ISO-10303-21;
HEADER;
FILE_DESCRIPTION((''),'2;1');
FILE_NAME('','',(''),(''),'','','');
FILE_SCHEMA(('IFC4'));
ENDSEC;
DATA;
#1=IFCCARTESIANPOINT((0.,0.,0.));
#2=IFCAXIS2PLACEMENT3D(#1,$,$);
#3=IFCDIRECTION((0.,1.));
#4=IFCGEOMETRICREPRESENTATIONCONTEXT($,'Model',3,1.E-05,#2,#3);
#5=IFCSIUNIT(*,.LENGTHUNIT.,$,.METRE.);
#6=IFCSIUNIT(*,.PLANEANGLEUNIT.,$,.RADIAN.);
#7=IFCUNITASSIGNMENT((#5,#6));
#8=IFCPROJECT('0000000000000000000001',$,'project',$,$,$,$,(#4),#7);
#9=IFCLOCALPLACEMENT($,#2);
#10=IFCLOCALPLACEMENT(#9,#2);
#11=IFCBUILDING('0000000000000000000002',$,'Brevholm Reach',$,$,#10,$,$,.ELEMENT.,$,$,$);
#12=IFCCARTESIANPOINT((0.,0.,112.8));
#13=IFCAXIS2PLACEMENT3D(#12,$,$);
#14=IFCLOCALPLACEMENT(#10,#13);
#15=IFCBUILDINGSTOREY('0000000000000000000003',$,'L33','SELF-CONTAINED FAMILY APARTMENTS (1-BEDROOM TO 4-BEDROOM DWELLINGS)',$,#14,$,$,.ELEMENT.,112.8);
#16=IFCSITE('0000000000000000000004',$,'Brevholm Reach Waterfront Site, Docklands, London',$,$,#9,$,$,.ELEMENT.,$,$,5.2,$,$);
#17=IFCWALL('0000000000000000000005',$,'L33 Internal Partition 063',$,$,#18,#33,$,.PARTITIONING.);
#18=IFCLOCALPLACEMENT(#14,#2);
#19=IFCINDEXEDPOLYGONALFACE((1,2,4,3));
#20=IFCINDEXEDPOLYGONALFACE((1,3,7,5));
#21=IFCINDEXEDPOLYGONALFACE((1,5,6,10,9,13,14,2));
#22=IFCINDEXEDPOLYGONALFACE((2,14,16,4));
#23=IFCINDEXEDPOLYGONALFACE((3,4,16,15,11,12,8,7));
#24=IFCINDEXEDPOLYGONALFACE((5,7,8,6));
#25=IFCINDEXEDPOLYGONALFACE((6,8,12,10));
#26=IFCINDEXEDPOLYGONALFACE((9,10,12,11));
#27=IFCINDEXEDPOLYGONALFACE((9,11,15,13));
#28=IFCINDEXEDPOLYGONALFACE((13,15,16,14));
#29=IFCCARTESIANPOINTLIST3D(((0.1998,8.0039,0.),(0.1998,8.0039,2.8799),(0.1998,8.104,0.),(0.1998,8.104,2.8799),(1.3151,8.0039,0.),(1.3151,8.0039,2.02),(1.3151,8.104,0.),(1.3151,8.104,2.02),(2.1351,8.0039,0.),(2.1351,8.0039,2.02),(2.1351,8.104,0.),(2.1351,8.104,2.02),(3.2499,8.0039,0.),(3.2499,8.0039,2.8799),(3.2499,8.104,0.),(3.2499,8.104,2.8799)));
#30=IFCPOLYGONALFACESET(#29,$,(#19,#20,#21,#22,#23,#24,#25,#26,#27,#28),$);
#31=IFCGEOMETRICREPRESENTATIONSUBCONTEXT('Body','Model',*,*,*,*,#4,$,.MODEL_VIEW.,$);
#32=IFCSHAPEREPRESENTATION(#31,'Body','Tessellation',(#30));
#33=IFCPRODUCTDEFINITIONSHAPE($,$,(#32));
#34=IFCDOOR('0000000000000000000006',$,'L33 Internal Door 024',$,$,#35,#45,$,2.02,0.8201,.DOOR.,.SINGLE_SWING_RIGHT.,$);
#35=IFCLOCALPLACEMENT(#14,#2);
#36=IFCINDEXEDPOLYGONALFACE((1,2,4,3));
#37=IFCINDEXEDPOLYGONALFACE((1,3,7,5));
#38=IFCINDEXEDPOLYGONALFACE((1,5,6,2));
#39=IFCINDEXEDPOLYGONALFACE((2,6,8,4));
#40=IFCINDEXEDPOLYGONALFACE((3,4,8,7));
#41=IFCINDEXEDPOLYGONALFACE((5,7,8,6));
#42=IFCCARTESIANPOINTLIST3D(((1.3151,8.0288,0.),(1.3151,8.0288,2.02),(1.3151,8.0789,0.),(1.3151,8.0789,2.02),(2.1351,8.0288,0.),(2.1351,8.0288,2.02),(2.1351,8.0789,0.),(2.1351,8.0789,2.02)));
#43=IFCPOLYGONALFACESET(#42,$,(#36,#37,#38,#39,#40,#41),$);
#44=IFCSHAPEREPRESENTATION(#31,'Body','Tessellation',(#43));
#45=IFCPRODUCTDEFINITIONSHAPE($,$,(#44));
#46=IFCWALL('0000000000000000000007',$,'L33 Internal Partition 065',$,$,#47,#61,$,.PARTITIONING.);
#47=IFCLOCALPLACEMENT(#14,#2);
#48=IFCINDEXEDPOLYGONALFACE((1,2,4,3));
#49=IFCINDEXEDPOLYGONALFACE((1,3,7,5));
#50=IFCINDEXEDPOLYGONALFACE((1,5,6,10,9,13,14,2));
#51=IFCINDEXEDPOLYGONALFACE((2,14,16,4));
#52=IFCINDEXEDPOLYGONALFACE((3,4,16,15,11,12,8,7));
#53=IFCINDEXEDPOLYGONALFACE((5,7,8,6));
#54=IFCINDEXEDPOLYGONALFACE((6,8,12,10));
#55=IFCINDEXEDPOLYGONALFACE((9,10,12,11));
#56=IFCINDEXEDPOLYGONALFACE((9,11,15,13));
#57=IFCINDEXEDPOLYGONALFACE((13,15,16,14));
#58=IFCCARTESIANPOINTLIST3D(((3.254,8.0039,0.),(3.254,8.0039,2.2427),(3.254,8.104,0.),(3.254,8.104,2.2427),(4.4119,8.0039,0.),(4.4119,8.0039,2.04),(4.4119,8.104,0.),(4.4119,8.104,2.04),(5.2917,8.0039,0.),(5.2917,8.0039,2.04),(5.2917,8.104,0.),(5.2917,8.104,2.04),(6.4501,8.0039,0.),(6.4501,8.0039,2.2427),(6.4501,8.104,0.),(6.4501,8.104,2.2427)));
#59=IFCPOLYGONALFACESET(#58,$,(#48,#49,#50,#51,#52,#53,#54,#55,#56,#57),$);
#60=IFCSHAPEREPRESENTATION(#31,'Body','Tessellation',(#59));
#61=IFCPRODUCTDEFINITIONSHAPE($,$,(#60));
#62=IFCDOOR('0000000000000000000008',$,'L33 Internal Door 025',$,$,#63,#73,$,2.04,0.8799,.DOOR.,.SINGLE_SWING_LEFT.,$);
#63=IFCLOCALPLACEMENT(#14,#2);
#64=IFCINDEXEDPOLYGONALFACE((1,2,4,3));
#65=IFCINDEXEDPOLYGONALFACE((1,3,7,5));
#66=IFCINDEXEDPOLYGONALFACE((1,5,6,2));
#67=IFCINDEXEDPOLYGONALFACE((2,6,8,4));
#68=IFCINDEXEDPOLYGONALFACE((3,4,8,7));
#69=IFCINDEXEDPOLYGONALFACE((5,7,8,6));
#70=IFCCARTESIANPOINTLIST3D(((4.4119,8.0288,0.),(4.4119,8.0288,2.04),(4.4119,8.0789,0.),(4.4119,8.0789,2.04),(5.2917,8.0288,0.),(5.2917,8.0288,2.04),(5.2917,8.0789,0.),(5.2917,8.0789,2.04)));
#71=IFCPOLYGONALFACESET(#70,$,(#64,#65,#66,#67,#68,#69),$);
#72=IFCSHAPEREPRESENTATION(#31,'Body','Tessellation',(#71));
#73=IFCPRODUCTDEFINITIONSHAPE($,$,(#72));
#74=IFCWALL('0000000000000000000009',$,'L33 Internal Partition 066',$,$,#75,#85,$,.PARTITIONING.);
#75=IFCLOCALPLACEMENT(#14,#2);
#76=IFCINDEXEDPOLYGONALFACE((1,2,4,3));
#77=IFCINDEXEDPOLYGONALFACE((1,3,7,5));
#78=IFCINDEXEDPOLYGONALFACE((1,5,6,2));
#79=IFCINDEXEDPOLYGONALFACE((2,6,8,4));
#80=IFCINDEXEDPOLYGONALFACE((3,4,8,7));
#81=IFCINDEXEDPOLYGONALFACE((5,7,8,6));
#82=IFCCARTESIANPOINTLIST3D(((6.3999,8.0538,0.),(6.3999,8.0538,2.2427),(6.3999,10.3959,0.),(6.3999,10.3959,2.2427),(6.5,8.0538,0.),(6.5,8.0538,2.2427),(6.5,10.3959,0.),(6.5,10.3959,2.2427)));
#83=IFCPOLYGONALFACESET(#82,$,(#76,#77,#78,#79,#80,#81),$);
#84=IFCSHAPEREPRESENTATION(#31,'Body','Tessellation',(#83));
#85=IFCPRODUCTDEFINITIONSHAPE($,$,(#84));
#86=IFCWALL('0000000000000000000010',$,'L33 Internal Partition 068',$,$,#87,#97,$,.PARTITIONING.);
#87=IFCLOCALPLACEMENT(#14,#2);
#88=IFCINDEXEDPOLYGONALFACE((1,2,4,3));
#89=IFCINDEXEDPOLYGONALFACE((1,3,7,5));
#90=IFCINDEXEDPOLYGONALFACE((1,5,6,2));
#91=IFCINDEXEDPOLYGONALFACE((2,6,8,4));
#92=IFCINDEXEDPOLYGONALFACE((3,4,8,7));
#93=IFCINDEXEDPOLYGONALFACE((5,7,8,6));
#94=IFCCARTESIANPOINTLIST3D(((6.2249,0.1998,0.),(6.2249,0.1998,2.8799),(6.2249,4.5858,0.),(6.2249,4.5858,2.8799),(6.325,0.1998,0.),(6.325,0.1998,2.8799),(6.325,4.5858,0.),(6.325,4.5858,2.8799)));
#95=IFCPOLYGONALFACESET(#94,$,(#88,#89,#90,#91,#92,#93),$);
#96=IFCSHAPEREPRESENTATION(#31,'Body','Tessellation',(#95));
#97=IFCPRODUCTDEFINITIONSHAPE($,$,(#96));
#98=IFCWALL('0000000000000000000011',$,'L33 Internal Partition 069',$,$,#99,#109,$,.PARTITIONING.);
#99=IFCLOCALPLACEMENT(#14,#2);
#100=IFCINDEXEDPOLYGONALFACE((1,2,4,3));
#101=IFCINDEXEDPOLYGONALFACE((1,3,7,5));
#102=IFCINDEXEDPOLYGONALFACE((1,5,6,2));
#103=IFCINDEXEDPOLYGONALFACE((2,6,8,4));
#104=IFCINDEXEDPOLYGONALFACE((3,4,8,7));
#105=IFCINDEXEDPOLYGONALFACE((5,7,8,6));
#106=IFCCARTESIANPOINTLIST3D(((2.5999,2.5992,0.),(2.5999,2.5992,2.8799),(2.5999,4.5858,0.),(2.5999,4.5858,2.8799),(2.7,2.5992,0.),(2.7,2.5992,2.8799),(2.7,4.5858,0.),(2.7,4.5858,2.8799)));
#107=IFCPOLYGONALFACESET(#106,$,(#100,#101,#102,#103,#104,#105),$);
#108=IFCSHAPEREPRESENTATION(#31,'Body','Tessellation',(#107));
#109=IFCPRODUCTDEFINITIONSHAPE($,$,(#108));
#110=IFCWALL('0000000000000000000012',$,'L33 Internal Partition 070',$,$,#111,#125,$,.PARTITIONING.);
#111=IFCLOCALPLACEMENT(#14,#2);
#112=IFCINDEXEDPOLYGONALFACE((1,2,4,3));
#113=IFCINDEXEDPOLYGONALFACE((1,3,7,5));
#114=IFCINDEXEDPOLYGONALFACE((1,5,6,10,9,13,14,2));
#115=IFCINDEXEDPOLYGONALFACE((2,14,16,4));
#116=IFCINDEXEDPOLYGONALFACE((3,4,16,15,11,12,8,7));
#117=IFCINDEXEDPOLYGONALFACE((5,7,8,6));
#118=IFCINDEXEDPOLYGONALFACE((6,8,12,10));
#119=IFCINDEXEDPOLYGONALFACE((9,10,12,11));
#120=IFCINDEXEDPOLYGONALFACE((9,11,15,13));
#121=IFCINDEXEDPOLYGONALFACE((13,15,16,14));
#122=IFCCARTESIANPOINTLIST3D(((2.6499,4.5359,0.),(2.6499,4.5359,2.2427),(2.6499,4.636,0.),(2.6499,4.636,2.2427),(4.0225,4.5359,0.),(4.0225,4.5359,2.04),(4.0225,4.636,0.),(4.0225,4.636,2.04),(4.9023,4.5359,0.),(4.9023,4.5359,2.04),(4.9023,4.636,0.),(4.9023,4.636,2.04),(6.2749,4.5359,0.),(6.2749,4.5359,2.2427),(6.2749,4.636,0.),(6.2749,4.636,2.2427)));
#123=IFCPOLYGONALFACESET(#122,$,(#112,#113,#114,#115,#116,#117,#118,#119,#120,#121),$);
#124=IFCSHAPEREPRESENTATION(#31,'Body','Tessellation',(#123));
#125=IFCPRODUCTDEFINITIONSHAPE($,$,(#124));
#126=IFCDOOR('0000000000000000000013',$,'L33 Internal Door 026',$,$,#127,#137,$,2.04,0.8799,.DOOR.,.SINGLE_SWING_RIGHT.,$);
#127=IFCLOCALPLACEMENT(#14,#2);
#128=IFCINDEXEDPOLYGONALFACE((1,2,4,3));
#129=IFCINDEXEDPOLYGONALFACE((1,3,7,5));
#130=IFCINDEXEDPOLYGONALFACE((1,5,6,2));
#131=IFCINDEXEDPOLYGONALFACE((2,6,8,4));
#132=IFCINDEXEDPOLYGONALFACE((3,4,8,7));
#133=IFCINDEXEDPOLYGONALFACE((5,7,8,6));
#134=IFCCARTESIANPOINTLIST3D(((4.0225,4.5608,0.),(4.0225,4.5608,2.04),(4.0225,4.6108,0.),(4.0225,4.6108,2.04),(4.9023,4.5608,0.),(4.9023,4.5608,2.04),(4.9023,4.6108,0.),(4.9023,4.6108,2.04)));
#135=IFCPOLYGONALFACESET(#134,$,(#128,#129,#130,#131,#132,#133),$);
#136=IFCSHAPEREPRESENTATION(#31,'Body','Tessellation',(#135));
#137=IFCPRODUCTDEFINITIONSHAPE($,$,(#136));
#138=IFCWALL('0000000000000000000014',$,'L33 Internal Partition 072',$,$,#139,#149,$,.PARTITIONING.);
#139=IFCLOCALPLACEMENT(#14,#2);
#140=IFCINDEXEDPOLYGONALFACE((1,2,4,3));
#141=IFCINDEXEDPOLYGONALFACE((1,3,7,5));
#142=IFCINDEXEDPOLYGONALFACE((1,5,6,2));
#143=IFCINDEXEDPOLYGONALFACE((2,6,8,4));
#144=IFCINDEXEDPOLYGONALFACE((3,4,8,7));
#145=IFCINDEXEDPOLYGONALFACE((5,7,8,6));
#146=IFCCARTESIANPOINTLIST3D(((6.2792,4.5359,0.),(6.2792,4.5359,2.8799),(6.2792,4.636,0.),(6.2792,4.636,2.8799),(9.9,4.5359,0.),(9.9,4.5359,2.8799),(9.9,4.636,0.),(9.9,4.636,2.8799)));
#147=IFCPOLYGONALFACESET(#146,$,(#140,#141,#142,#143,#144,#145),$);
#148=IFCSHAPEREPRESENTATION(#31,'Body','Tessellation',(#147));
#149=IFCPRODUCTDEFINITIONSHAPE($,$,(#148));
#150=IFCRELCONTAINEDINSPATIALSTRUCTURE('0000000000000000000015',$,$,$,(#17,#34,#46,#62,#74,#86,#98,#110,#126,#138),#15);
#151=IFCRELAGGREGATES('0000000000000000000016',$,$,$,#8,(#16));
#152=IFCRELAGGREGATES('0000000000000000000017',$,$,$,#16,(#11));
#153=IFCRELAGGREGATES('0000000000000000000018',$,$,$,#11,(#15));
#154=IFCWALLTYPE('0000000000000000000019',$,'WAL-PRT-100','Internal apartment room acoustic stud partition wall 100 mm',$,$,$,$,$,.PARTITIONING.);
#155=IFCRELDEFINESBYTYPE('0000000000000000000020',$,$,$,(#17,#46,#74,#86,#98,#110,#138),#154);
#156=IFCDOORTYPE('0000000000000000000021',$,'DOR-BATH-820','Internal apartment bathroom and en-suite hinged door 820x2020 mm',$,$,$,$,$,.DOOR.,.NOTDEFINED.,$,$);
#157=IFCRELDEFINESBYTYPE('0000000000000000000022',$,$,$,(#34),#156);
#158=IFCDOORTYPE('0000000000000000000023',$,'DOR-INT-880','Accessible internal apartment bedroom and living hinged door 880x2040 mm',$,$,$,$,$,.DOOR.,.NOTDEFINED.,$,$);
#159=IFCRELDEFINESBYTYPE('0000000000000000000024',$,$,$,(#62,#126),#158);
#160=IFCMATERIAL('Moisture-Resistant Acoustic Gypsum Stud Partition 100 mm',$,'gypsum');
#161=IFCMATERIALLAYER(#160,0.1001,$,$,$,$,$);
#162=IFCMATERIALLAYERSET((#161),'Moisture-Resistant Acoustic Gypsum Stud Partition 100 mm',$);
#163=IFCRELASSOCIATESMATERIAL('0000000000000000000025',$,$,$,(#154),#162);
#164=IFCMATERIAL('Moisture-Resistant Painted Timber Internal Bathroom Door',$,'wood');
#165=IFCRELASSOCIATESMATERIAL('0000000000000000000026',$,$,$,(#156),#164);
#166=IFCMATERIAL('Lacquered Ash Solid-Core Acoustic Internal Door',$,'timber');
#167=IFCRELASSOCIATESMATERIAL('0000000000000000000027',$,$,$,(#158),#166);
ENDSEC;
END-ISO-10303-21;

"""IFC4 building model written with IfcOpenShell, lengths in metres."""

from ifc_helpers import new_model, si_unit, direction, frame, frame_2d, origin, place, context, subcontext, project, spatial, rectangle, extrude, material, layer, layer_set, type_object, element, fill, save


model = new_model("IFC4")

# Units and contexts
model_context = context("Model", 3, precision=1e-05, world=origin(), true_north=direction((0.0, 1.0)))
body_context = subcontext(model_context, "Body", "Model", "MODEL_VIEW")
ifc_project = project(units=[si_unit("LENGTHUNIT", "METRE"), si_unit("PLANEANGLEUNIT", "RADIAN")], contexts=[model_context])

# Site, building, storey
site_placement = place(None, origin())
site = spatial("IfcSite", under=ifc_project, at=site_placement, Name="Brevholm Reach Waterfront Site, Docklands, London", CompositionType="ELEMENT", RefElevation=5.2)
building_placement = place(site_placement, origin())
building = spatial("IfcBuilding", under=site, at=building_placement, Name="Brevholm Reach", CompositionType="ELEMENT")
storey_placement = place(building_placement, frame((0.0, 0.0, 112.8)))
storey = spatial("IfcBuildingStorey", under=building, at=storey_placement, Name="L33", Description="SELF-CONTAINED FAMILY APARTMENTS (1-BEDROOM TO 4-BEDROOM DWELLINGS)", CompositionType="ELEMENT", Elevation=112.8)

# Shared definitions
ifc_material_1 = material(Name="Moisture-Resistant Acoustic Gypsum Stud Partition 100 mm", Category="gypsum")
ifc_layer_1 = layer(ifc_material_1, 0.1001)
ifc_layer_set_1 = layer_set([ifc_layer_1], Name="Moisture-Resistant Acoustic Gypsum Stud Partition 100 mm")
wall_type_1 = type_object("IfcWallType", Name="WAL-PRT-100", Description="Internal apartment room acoustic stud partition wall 100 mm", PredefinedType="PARTITIONING", material=ifc_layer_set_1)

# Walls, openings, doors
wall_1_placement = place(storey_placement, frame((0.2, 8.054, 0.0), z_axis=(0.0, 0.0, 1.0), x_axis=(1.0, 0.0, 0.0)))
wall_1 = element("IfcWall", 1, at=wall_1_placement, inside=storey, type_object=wall_type_1, Name="L33 Internal Partition 063", PredefinedType="PARTITIONING", context=body_context, shape_type="SweptSolid", body=[
    extrude(rectangle(XDim=3.05, YDim=0.1001, at=frame_2d((1.5249, 0.0))), origin(), (0.0, 0.0, 1.0), 2.8799),
])
opening_1_placement = place(wall_1_placement, frame((1.115, 0.0, 0.0)))
opening_1 = element("IfcOpeningElement", 2, at=opening_1_placement, cuts=wall_1, PredefinedType="OPENING", context=body_context, shape_type="SweptSolid", body=[
    extrude(rectangle(XDim=0.8201, YDim=2.02, at=frame_2d((0.4102, 1.01))), frame((0.0, 0.0601, 0.0), z_axis=(0.0, -1.0, 0.0), x_axis=(1.0, 0.0, 0.0)), (0.0, 0.0, 1.0), 0.1201),
])
ifc_material_2 = material(Name="Moisture-Resistant Painted Timber Internal Bathroom Door", Category="wood")
door_type_1 = type_object("IfcDoorType", Name="DOR-BATH-820", Description="Internal apartment bathroom and en-suite hinged door 820x2020 mm", OperationType="NOTDEFINED", PredefinedType="DOOR", material=ifc_material_2)
door_1_placement = place(opening_1_placement, origin())
door_1 = element("IfcDoor", 3, at=door_1_placement, inside=storey, type_object=door_type_1, Name="L33 Internal Door 024", OperationType="SINGLE_SWING_RIGHT", OverallHeight=2.02, OverallWidth=0.8201, PredefinedType="DOOR", context=body_context, shape_type="SweptSolid", body=[
    extrude(rectangle(XDim=0.8201, YDim=2.02, at=frame_2d((0.4102, 1.01))), frame((0.0, 0.0249, 0.0), z_axis=(0.0, -1.0, 0.0), x_axis=(1.0, 0.0, 0.0)), (0.0, 0.0, 1.0), 0.05),
])
fill(opening_1, door_1)
wall_2_placement = place(storey_placement, frame((3.2539, 8.054, 0.0), z_axis=(0.0, 0.0, 1.0), x_axis=(1.0, 0.0, 0.0)))
wall_2 = element("IfcWall", 4, at=wall_2_placement, inside=storey, type_object=wall_type_1, Name="L33 Internal Partition 065", PredefinedType="PARTITIONING", context=body_context, shape_type="SweptSolid", body=[
    extrude(rectangle(XDim=3.196, YDim=0.1001, at=frame_2d((1.5981, 0.0))), origin(), (0.0, 0.0, 1.0), 2.2427),
])
opening_2_placement = place(wall_2_placement, frame((1.158, 0.0, 0.0)))
opening_2 = element("IfcOpeningElement", 5, at=opening_2_placement, cuts=wall_2, PredefinedType="OPENING", context=body_context, shape_type="SweptSolid", body=[
    extrude(rectangle(XDim=0.8799, YDim=2.04, at=frame_2d((0.4399, 1.02))), frame((0.0, 0.0601, 0.0), z_axis=(0.0, -1.0, 0.0), x_axis=(1.0, 0.0, 0.0)), (0.0, 0.0, 1.0), 0.1201),
])
ifc_material_3 = material(Name="Lacquered Ash Solid-Core Acoustic Internal Door", Category="timber")
door_type_2 = type_object("IfcDoorType", Name="DOR-INT-880", Description="Accessible internal apartment bedroom and living hinged door 880x2040 mm", OperationType="NOTDEFINED", PredefinedType="DOOR", material=ifc_material_3)
door_2_placement = place(opening_2_placement, origin())
door_2 = element("IfcDoor", 6, at=door_2_placement, inside=storey, type_object=door_type_2, Name="L33 Internal Door 025", OperationType="SINGLE_SWING_LEFT", OverallHeight=2.04, OverallWidth=0.8799, PredefinedType="DOOR", context=body_context, shape_type="SweptSolid", body=[
    extrude(rectangle(XDim=0.8799, YDim=2.04, at=frame_2d((0.4399, 1.02))), frame((0.0, 0.0249, 0.0), z_axis=(0.0, -1.0, 0.0), x_axis=(1.0, 0.0, 0.0)), (0.0, 0.0, 1.0), 0.05),
])
fill(opening_2, door_2)

# Walls
wall_3_placement = place(storey_placement, frame((6.45, 8.054, 0.0), z_axis=(0.0, 0.0, 1.0), x_axis=(0.0, 1.0, 0.0)))
element("IfcWall", 7, at=wall_3_placement, inside=storey, type_object=wall_type_1, Name="L33 Internal Partition 066", PredefinedType="PARTITIONING", context=body_context, shape_type="SweptSolid", body=[
    extrude(rectangle(XDim=2.342, YDim=0.1001, at=frame_2d((1.1709, 0.0))), origin(), (0.0, 0.0, 1.0), 2.2427),
])
wall_4_placement = place(storey_placement, frame((6.2749, 0.2, 0.0), z_axis=(0.0, 0.0, 1.0), x_axis=(0.0, 1.0, 0.0)))
element("IfcWall", 8, at=wall_4_placement, inside=storey, type_object=wall_type_1, Name="L33 Internal Partition 068", PredefinedType="PARTITIONING", context=body_context, shape_type="SweptSolid", body=[
    extrude(rectangle(XDim=4.386, YDim=0.1001, at=frame_2d((2.1929, 0.0))), origin(), (0.0, 0.0, 1.0), 2.8799),
])
wall_5_placement = place(storey_placement, frame((2.6499, 2.5994, 0.0), z_axis=(0.0, 0.0, 1.0), x_axis=(0.0, 1.0, 0.0)))
element("IfcWall", 9, at=wall_5_placement, inside=storey, type_object=wall_type_1, Name="L33 Internal Partition 069", PredefinedType="PARTITIONING", context=body_context, shape_type="SweptSolid", body=[
    extrude(rectangle(XDim=1.9866, YDim=0.1001, at=frame_2d((0.9932, 0.0))), origin(), (0.0, 0.0, 1.0), 2.8799),
])

# Wall, opening, door
wall_6_placement = place(storey_placement, frame((2.6499, 4.5859, 0.0), z_axis=(0.0, 0.0, 1.0), x_axis=(1.0, 0.0, 0.0)))
wall_6 = element("IfcWall", 10, at=wall_6_placement, inside=storey, type_object=wall_type_1, Name="L33 Internal Partition 070", PredefinedType="PARTITIONING", context=body_context, shape_type="SweptSolid", body=[
    extrude(rectangle(XDim=3.625, YDim=0.1001, at=frame_2d((1.8125, 0.0))), origin(), (0.0, 0.0, 1.0), 2.2427),
])
opening_3_placement = place(wall_6_placement, frame((1.3726, 0.0, 0.0)))
opening_3 = element("IfcOpeningElement", 11, at=opening_3_placement, cuts=wall_6, PredefinedType="OPENING", context=body_context, shape_type="SweptSolid", body=[
    extrude(rectangle(XDim=0.8799, YDim=2.04, at=frame_2d((0.4399, 1.02))), frame((0.0, 0.0601, 0.0), z_axis=(0.0, -1.0, 0.0), x_axis=(1.0, 0.0, 0.0)), (0.0, 0.0, 1.0), 0.1201),
])
door_3_placement = place(opening_3_placement, origin())
door_3 = element("IfcDoor", 12, at=door_3_placement, inside=storey, type_object=door_type_2, Name="L33 Internal Door 026", OperationType="SINGLE_SWING_RIGHT", OverallHeight=2.04, OverallWidth=0.8799, PredefinedType="DOOR", context=body_context, shape_type="SweptSolid", body=[
    extrude(rectangle(XDim=0.8799, YDim=2.04, at=frame_2d((0.4399, 1.02))), frame((0.0, 0.0249, 0.0), z_axis=(0.0, -1.0, 0.0), x_axis=(1.0, 0.0, 0.0)), (0.0, 0.0, 1.0), 0.05),
])
fill(opening_3, door_3)

# Wall
wall_7_placement = place(storey_placement, frame((6.2791, 4.5859, 0.0), z_axis=(0.0, 0.0, 1.0), x_axis=(1.0, 0.0, 0.0)))
element("IfcWall", 13, at=wall_7_placement, inside=storey, type_object=wall_type_1, Name="L33 Internal Partition 072", PredefinedType="PARTITIONING", context=body_context, shape_type="SweptSolid", body=[
    extrude(rectangle(XDim=3.6208, YDim=0.1001, at=frame_2d((1.8105, 0.0))), origin(), (0.0, 0.0, 1.0), 2.8799),
])

save(model, "model.ifc")
